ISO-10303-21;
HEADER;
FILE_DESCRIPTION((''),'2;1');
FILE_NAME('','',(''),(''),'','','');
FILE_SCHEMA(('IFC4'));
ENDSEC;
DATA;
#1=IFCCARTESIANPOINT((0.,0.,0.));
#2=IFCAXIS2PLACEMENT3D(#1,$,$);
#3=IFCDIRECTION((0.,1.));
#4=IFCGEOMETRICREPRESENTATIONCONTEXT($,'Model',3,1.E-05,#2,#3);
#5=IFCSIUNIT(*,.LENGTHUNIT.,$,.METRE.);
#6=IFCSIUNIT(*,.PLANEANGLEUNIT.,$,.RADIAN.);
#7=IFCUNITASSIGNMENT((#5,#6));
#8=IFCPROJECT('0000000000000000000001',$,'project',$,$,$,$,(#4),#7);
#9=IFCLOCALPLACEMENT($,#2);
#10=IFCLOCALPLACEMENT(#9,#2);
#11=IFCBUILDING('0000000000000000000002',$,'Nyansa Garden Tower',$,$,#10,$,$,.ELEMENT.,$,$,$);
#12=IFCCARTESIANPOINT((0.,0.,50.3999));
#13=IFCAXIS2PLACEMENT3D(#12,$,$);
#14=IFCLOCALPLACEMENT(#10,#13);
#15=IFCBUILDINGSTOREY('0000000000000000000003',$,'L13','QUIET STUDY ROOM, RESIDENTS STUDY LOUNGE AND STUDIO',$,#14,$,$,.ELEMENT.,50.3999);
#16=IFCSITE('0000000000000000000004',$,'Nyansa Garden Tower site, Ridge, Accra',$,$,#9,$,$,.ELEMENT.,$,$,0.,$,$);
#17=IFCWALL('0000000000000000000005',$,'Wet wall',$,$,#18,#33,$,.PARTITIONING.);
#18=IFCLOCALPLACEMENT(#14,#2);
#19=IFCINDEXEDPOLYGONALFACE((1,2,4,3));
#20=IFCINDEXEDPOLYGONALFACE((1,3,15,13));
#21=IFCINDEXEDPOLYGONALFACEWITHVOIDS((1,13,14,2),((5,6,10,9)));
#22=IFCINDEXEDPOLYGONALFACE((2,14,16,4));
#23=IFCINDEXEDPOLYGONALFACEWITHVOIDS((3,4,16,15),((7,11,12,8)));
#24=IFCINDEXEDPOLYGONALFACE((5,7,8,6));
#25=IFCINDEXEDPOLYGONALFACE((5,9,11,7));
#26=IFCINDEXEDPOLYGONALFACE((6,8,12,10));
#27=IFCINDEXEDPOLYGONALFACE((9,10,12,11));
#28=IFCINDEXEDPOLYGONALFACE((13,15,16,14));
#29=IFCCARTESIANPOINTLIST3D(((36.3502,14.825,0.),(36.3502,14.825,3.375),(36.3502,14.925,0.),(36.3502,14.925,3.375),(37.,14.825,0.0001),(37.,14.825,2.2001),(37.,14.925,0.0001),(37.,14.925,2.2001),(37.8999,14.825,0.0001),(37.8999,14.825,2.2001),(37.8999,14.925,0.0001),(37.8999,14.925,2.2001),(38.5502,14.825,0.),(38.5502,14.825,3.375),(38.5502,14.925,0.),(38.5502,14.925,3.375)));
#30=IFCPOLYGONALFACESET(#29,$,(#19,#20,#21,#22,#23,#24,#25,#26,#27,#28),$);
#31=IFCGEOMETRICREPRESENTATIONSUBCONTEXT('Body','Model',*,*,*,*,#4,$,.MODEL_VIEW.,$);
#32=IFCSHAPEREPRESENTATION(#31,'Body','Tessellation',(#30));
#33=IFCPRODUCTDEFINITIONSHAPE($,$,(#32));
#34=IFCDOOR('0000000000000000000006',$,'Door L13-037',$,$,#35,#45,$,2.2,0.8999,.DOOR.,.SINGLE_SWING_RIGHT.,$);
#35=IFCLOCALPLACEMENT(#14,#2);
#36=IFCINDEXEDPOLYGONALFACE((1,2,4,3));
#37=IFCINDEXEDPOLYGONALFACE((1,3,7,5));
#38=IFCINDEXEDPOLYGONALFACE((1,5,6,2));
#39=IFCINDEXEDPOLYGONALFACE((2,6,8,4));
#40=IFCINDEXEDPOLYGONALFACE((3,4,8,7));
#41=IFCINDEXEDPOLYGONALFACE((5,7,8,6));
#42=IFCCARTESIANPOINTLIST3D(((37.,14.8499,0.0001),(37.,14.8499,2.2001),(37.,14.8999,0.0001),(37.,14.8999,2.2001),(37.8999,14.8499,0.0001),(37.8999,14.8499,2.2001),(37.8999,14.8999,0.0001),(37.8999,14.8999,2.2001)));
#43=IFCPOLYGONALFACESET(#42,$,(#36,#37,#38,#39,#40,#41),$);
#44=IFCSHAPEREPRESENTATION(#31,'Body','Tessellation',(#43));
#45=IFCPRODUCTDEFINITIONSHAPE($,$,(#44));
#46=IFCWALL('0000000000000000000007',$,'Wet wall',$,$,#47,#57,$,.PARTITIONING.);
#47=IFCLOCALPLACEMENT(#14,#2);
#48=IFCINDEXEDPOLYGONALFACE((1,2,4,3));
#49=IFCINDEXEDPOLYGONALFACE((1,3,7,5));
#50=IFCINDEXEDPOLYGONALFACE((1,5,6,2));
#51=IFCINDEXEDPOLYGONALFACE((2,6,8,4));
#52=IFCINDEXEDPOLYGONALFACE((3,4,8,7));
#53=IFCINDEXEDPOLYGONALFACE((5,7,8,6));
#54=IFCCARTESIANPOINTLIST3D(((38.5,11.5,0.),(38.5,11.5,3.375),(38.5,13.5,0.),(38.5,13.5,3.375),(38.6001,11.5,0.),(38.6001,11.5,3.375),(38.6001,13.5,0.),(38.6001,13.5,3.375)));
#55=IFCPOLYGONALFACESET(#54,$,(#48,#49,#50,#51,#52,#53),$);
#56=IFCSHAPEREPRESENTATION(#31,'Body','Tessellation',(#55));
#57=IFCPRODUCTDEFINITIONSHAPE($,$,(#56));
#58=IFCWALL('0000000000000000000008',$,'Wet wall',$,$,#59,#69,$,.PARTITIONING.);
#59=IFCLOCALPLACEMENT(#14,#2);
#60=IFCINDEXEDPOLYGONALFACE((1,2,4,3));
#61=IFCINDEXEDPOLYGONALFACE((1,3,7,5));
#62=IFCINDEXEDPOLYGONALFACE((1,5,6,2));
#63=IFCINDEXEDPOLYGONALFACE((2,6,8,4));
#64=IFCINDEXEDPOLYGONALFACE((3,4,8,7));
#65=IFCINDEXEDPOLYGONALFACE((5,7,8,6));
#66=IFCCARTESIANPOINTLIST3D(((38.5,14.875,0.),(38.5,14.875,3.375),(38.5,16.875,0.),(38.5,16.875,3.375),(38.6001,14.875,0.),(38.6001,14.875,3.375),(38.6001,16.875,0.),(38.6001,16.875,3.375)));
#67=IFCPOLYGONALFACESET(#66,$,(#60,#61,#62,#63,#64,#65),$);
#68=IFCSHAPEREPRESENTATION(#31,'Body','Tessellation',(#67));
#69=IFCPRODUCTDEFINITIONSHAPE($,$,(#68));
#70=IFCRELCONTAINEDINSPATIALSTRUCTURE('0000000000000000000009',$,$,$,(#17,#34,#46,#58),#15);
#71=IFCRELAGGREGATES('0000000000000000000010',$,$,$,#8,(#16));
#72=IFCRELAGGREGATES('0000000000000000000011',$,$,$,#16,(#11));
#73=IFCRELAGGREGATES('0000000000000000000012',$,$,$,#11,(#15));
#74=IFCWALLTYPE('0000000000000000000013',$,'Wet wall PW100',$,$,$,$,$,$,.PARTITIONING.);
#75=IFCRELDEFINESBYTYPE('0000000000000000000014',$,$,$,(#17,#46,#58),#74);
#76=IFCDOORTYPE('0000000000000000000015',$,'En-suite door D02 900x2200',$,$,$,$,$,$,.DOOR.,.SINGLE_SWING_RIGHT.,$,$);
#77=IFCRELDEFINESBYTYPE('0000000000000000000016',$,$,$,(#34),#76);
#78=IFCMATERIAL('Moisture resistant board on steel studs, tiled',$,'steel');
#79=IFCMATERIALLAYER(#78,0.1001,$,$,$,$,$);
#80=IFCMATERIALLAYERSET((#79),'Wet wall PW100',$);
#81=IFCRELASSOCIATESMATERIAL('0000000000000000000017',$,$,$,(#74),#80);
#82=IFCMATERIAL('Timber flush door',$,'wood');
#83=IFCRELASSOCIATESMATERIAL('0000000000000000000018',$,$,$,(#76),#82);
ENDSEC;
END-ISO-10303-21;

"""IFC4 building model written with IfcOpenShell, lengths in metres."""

from ifc_helpers import new_model, si_unit, direction, frame, frame_2d, origin, place, context, subcontext, project, spatial, rectangle, extrude, material, layer, layer_set, type_object, element, fill, save


model = new_model("IFC4")

# Units and contexts
model_context = context("Model", 3, precision=1e-05, world=origin(), true_north=direction((0.0, 1.0)))
body_context = subcontext(model_context, "Body", "Model", "MODEL_VIEW")
ifc_project = project(units=[si_unit("LENGTHUNIT", "METRE"), si_unit("PLANEANGLEUNIT", "RADIAN")], contexts=[model_context])

# Site, building, storey
site_placement = place(None, origin())
site = spatial("IfcSite", under=ifc_project, at=site_placement, Name="Nyansa Garden Tower site, Ridge, Accra", CompositionType="ELEMENT", RefElevation=0.0)
building_placement = place(site_placement, origin())
building = spatial("IfcBuilding", under=site, at=building_placement, Name="Nyansa Garden Tower", CompositionType="ELEMENT")
storey_placement = place(building_placement, frame((0.0, 0.0, 50.3999)))
storey = spatial("IfcBuildingStorey", under=building, at=storey_placement, Name="L13", Description="QUIET STUDY ROOM, RESIDENTS STUDY LOUNGE AND STUDIO", CompositionType="ELEMENT", Elevation=50.3999)

# Wall, opening, door
ifc_material_1 = material(Name="Moisture resistant board on steel studs, tiled", Category="steel")
ifc_layer_1 = layer(ifc_material_1, 0.1001)
ifc_layer_set_1 = layer_set([ifc_layer_1], Name="Wet wall PW100")
wall_type_1 = type_object("IfcWallType", Name="Wet wall PW100", PredefinedType="PARTITIONING", material=ifc_layer_set_1)
ifc_material_2 = material(Name="Timber flush door", Category="wood")
door_type_1 = type_object("IfcDoorType", Name="En-suite door D02 900x2200", OperationType="SINGLE_SWING_RIGHT", PredefinedType="DOOR", material=ifc_material_2)
wall_1_placement = place(storey_placement, frame((36.3501, 14.875, 0.0), z_axis=(0.0, 0.0, 1.0), x_axis=(1.0, 0.0, 0.0)))
wall_1 = element("IfcWall", 1, at=wall_1_placement, inside=storey, type_object=wall_type_1, Name="Wet wall", PredefinedType="PARTITIONING", context=body_context, shape_type="SweptSolid", body=[
    extrude(rectangle(XDim=2.2, YDim=0.1001, at=frame_2d((1.1001, 0.0))), origin(), (0.0, 0.0, 1.0), 3.375),
])
opening_1_placement = place(wall_1_placement, frame((0.6499, 0.0, 0.0)))
opening_1 = element("IfcOpeningElement", 2, at=opening_1_placement, cuts=wall_1, PredefinedType="OPENING", context=body_context, shape_type="SweptSolid", body=[
    extrude(rectangle(XDim=0.8999, YDim=2.2, at=frame_2d((0.45, 1.1001))), frame((0.0, 0.0601, 0.0), z_axis=(0.0, -1.0, 0.0), x_axis=(1.0, 0.0, 0.0)), (0.0, 0.0, 1.0), 0.1201),
])
door_1_placement = place(opening_1_placement, origin())
door_1 = element("IfcDoor", 3, at=door_1_placement, inside=storey, type_object=door_type_1, Name="Door L13-037", OperationType="SINGLE_SWING_RIGHT", OverallHeight=2.2, OverallWidth=0.8999, PredefinedType="DOOR", context=body_context, shape_type="SweptSolid", body=[
    extrude(rectangle(XDim=0.8999, YDim=2.2, at=frame_2d((0.45, 1.1001))), frame((0.0, 0.0249, 0.0), z_axis=(0.0, -1.0, 0.0), x_axis=(1.0, 0.0, 0.0)), (0.0, 0.0, 1.0), 0.05),
])
fill(opening_1, door_1)

# Walls
for number, where, z_axis, x_axis, name in (
    (4, (38.55, 11.5, 0.0), (0.0, 0.0, 1.0), (0.0, 1.0, 0.0), "Wet wall"),
    (5, (38.55, 14.875, 0.0), (0.0, 0.0, 1.0), (0.0, 1.0, 0.0), "Wet wall"),
):
    element("IfcWall", number, at=place(storey_placement, frame(where, z_axis=z_axis, x_axis=x_axis)), inside=storey, type_object=wall_type_1, Name=name, PredefinedType="PARTITIONING", context=body_context, shape_type="SweptSolid", body=[
        extrude(rectangle(XDim=2.0, YDim=0.1001, at=frame_2d((1.0, 0.0))), origin(), (0.0, 0.0, 1.0), 3.375),
    ])

save(model, "model.ifc")
